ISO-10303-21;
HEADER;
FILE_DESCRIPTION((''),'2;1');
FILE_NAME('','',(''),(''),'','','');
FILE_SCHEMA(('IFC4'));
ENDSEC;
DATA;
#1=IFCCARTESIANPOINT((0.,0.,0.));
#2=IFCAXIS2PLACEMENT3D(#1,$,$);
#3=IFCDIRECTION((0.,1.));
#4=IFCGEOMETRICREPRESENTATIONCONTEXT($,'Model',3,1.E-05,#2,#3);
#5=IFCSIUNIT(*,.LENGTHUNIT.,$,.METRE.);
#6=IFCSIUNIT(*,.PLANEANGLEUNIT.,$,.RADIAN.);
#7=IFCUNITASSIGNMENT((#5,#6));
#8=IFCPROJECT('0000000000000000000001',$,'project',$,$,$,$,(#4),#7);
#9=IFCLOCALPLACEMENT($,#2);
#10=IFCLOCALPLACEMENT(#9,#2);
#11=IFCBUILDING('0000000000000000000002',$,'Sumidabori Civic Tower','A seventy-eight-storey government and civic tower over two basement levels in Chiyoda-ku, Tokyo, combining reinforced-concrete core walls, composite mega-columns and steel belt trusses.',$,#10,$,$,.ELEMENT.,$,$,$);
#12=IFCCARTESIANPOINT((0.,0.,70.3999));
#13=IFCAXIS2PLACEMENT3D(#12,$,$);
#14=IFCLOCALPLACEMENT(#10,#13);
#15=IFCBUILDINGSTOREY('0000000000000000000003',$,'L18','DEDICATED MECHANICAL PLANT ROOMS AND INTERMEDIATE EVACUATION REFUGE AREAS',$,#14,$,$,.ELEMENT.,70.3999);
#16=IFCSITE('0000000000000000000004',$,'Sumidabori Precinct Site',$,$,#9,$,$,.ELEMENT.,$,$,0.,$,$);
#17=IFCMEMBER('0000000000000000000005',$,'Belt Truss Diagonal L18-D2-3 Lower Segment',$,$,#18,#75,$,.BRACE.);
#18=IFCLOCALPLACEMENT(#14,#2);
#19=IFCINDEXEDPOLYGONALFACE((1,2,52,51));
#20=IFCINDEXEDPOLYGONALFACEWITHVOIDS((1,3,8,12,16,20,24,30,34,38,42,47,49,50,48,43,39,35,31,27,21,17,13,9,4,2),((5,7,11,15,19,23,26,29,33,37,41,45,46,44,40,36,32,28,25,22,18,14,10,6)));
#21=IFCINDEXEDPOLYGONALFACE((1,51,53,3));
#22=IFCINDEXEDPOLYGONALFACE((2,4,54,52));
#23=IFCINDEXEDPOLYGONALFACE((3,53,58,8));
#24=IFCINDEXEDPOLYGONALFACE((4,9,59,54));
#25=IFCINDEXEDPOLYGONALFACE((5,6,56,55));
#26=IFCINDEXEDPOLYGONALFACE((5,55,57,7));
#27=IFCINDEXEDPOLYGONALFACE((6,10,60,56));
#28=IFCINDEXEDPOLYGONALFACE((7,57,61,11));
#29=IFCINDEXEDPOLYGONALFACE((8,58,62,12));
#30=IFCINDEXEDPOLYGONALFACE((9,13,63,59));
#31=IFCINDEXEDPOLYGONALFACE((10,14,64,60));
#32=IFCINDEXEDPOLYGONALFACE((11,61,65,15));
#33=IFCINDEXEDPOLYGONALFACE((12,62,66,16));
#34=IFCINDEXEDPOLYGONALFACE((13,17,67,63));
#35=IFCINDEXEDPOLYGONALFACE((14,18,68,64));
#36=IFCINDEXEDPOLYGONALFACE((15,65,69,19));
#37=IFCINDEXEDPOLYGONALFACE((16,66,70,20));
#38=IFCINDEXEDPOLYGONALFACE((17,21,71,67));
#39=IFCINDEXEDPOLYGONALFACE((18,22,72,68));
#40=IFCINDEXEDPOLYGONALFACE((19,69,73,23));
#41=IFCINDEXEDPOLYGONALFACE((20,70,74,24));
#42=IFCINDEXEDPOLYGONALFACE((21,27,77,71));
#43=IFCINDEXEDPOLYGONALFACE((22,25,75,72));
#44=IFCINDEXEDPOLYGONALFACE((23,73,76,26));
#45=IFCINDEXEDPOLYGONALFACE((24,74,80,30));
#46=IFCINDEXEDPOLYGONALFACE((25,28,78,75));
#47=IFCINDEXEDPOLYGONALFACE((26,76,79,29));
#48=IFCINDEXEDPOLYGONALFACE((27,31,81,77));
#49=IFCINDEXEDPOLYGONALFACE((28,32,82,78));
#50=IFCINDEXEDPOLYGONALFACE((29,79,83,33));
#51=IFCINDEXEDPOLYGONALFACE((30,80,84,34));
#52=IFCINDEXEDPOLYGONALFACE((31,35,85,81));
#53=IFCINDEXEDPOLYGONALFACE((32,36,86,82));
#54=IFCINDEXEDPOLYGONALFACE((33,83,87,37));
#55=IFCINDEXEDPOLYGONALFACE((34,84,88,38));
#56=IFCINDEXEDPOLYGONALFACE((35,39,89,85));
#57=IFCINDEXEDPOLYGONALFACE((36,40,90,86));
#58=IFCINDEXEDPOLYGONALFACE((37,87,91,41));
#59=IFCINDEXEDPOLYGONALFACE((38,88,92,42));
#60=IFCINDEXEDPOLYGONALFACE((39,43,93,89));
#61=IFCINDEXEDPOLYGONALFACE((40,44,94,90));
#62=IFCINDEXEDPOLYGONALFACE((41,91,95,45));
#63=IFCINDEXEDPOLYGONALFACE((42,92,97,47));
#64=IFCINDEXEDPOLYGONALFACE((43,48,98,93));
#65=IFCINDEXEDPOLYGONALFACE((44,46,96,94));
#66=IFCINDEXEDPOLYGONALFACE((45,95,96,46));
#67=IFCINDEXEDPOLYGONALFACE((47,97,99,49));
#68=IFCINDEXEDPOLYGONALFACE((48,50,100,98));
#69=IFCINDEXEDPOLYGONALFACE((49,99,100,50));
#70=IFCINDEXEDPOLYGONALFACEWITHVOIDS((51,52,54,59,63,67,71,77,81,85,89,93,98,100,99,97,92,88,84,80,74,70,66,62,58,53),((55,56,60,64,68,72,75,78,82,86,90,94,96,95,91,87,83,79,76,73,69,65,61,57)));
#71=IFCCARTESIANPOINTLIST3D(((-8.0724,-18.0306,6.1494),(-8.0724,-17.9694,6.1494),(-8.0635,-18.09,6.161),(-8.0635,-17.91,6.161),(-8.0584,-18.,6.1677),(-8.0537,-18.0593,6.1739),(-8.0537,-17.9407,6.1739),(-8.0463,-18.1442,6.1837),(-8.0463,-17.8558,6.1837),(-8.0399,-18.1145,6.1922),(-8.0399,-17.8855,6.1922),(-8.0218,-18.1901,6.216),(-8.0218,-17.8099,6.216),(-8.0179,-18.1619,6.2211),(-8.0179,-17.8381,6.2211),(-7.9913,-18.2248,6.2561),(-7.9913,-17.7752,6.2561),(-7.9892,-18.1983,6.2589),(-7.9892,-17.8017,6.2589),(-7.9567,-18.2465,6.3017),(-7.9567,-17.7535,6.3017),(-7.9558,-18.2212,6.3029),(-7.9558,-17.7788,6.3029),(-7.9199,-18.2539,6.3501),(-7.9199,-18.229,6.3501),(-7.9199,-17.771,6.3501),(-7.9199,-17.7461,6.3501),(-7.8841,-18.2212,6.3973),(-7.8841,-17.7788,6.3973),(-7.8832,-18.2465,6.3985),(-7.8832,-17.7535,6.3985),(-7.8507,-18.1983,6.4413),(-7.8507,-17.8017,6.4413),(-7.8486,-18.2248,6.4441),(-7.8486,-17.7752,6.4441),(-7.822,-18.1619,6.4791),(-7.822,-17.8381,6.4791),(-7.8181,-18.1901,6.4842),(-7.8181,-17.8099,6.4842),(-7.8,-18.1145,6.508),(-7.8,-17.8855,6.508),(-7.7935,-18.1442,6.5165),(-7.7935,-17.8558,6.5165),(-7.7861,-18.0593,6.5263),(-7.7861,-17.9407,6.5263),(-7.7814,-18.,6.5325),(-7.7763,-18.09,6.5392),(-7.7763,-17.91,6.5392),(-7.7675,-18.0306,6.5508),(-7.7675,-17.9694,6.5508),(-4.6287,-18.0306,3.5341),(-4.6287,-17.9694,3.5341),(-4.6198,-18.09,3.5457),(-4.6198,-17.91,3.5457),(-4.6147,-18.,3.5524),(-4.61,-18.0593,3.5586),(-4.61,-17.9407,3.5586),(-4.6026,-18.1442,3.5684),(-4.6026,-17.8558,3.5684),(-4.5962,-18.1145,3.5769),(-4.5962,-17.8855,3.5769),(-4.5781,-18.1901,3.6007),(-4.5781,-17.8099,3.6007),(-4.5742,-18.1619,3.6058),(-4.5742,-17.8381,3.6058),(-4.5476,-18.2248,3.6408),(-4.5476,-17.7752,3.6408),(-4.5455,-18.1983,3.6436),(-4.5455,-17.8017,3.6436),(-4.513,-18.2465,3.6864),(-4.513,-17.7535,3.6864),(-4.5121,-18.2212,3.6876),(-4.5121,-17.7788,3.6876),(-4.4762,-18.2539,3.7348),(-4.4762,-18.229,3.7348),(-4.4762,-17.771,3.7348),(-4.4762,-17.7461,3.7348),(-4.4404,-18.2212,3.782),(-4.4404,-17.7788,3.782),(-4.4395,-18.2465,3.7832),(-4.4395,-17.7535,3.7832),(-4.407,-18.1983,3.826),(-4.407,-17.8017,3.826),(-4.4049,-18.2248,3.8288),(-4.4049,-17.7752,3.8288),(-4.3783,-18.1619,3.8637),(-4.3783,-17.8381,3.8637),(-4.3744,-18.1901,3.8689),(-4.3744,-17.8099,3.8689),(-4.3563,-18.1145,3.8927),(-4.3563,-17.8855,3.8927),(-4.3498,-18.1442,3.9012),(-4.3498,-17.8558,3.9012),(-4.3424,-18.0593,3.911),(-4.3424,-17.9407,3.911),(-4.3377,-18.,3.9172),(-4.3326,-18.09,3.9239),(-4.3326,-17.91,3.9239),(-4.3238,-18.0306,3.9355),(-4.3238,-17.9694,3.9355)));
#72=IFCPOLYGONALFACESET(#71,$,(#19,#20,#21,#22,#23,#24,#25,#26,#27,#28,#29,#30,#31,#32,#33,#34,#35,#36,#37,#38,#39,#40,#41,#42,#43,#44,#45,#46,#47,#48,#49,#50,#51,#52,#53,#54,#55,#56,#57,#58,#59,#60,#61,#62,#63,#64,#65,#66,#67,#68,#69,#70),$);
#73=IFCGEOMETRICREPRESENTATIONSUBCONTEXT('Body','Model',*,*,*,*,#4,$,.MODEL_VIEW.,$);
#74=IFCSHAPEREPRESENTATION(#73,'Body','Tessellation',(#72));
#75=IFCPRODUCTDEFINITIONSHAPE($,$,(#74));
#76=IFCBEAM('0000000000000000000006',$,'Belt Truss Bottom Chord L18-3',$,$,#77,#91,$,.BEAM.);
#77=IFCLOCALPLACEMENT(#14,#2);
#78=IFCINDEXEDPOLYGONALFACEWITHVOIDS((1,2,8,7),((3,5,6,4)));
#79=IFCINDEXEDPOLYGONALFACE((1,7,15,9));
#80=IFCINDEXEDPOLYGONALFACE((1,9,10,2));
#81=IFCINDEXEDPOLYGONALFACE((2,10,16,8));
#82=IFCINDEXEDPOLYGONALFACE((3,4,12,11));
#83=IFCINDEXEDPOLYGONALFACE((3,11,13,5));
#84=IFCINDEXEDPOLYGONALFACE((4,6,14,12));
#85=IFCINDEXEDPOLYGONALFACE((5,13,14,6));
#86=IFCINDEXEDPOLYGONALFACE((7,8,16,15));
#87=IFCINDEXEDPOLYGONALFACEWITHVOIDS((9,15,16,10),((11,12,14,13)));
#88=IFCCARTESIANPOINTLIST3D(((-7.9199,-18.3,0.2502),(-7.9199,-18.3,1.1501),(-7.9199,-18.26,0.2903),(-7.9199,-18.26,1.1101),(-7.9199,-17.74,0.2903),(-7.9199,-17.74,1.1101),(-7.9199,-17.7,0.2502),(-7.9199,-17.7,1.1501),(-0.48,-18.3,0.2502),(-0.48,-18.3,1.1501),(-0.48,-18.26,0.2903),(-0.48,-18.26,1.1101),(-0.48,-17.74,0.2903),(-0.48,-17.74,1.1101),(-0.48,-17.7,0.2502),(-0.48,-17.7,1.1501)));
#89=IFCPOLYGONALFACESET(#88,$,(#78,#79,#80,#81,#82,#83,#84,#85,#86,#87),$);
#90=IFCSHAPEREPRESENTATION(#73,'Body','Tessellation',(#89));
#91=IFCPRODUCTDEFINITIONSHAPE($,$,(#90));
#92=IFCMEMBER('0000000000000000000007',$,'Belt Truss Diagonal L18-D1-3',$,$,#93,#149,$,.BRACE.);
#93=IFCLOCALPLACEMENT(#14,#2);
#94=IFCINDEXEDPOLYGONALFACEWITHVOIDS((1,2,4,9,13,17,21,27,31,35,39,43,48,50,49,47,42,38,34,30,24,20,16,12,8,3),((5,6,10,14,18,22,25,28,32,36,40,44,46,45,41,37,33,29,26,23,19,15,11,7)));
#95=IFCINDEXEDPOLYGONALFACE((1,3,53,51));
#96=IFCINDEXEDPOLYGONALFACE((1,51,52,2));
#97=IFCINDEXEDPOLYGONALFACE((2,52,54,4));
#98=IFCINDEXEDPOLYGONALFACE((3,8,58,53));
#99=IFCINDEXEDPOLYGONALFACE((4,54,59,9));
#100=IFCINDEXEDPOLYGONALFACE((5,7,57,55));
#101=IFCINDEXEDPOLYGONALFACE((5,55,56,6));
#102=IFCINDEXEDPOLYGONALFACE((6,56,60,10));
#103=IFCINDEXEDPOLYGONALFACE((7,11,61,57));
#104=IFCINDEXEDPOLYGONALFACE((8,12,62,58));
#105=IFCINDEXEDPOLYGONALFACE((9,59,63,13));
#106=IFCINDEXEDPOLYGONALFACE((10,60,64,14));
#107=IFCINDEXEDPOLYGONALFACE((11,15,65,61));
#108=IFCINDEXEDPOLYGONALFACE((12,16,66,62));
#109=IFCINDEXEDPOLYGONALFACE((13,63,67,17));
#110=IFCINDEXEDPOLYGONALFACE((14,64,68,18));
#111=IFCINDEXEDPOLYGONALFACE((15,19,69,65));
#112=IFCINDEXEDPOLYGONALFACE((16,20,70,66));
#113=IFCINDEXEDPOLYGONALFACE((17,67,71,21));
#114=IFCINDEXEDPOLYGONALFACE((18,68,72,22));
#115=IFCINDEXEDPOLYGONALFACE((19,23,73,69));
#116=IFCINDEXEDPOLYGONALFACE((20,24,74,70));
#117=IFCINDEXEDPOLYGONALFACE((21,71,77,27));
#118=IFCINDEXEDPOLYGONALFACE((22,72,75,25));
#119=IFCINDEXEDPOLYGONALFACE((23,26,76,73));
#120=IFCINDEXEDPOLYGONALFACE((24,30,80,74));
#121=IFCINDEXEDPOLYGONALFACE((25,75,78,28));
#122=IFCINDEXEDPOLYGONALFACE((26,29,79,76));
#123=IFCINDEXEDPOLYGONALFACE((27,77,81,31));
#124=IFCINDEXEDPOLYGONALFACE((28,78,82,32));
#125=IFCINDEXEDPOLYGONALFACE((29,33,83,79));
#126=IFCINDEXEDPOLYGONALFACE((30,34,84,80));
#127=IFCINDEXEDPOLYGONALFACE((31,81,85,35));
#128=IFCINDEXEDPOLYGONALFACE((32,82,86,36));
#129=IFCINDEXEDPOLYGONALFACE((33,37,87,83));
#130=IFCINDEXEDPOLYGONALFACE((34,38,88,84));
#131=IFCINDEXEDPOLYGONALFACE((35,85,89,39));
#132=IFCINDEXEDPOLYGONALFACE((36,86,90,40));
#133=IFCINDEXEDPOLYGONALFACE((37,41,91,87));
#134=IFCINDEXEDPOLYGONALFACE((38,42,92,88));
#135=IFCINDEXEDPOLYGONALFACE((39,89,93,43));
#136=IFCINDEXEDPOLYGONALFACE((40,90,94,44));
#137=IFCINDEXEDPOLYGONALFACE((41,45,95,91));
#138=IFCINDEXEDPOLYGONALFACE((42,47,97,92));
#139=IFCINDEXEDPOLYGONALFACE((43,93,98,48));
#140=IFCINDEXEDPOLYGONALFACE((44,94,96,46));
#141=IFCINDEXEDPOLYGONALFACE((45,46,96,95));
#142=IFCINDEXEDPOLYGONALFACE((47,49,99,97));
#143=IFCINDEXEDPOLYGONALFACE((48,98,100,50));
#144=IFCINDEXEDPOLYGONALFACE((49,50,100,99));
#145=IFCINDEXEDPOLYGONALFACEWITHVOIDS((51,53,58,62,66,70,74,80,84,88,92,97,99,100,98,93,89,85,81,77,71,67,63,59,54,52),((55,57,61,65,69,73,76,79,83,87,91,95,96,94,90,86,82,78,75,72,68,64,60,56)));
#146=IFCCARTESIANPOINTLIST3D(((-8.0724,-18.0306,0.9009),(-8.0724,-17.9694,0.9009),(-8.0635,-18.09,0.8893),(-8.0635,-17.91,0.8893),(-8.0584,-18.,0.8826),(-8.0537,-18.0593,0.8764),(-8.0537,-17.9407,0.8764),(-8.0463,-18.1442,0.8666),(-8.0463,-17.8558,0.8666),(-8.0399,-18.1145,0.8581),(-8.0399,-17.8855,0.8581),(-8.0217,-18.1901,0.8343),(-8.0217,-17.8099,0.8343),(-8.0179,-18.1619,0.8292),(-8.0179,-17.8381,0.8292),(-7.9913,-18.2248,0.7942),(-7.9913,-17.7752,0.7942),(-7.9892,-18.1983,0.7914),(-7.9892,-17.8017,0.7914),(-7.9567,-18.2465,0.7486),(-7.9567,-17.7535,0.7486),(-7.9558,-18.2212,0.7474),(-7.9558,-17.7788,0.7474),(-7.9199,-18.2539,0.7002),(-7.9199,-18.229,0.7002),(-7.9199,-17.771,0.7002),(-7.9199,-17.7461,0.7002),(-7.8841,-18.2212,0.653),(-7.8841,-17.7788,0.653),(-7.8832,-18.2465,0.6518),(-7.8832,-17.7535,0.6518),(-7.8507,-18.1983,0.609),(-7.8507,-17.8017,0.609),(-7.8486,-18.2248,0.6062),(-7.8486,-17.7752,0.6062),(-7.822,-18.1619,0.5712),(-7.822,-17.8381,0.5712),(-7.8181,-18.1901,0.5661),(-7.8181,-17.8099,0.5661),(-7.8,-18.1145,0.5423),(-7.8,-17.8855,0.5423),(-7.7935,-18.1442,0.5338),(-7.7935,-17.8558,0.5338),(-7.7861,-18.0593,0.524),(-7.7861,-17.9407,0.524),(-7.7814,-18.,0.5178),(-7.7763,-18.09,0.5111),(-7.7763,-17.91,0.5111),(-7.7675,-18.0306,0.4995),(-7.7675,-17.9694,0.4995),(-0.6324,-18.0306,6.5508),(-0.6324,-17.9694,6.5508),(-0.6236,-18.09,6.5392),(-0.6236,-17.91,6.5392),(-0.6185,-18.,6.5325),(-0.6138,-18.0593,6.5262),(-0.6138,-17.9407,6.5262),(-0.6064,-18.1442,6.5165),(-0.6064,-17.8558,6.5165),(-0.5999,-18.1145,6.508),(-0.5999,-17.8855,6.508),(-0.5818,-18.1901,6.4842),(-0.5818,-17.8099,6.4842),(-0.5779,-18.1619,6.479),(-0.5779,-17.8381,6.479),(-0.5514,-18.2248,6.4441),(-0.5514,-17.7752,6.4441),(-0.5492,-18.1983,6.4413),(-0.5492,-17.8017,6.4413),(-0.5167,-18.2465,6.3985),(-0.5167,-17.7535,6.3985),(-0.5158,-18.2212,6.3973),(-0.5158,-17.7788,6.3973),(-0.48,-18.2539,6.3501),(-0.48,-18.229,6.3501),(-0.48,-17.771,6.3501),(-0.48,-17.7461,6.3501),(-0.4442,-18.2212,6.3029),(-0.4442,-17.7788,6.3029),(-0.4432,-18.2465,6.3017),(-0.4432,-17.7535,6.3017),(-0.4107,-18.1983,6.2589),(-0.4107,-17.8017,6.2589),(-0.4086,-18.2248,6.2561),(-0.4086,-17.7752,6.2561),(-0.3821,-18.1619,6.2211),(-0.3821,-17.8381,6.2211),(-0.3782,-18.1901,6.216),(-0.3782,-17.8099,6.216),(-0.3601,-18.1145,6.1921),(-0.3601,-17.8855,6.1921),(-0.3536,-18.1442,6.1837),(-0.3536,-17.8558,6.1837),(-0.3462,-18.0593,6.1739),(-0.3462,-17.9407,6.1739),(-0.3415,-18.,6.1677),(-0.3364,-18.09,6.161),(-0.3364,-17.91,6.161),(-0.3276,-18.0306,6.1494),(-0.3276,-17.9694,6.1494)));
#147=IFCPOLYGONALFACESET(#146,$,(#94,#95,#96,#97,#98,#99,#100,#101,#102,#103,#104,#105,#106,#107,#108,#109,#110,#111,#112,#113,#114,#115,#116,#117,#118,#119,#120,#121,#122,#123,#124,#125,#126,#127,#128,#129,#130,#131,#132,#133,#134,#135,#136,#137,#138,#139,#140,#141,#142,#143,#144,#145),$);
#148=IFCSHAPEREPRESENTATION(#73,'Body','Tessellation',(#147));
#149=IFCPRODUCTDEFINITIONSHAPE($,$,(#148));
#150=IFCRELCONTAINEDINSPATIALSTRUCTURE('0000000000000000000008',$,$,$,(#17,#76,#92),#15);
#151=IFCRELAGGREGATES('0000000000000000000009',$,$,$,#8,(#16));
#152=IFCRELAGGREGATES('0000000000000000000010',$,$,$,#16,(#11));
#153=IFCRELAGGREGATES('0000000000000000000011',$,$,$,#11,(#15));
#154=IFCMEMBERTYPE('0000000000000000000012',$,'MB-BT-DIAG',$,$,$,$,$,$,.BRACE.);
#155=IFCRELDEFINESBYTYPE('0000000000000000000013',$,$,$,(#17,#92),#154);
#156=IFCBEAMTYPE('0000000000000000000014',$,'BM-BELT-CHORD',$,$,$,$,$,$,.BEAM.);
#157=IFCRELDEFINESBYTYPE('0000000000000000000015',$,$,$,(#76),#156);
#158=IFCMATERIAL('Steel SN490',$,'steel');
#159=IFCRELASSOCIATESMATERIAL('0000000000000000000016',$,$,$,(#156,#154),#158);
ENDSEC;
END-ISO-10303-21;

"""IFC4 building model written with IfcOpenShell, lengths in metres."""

from ifc_helpers import new_model, si_unit, direction, frame, origin, origin_2d, place, context, subcontext, project, spatial, hollow_rectangle, hollow_circle, extrude, source, transform, mapped, material, material_profile, profile_set, type_object, element, save


model = new_model("IFC4")

# Units and contexts
model_context = context("Model", 3, precision=1e-05, world=origin(), true_north=direction((0.0, 1.0)))
body_context = subcontext(model_context, "Body", "Model", "MODEL_VIEW")
ifc_project = project(units=[si_unit("LENGTHUNIT", "METRE"), si_unit("PLANEANGLEUNIT", "RADIAN")], contexts=[model_context])

# Site, building, storey
site_placement = place(None, origin())
site = spatial("IfcSite", under=ifc_project, at=site_placement, Name="Sumidabori Precinct Site", CompositionType="ELEMENT", RefElevation=0.0)
building_placement = place(site_placement, origin())
building = spatial("IfcBuilding", under=site, at=building_placement, Name="Sumidabori Civic Tower", Description="A seventy-eight-storey government and civic tower over two basement levels in Chiyoda-ku, Tokyo, combining reinforced-concrete core walls, composite mega-columns and steel belt trusses.", CompositionType="ELEMENT")
storey_placement = place(building_placement, frame((0.0, 0.0, 70.3999)))
storey = spatial("IfcBuildingStorey", under=building, at=storey_placement, Name="L18", Description="DEDICATED MECHANICAL PLANT ROOMS AND INTERMEDIATE EVACUATION REFUGE AREAS", CompositionType="ELEMENT", Elevation=70.3999)

# Shared definitions
ifc_material_1 = material(Name="Steel SN490", Category="steel")
ifc_material_profile_1 = material_profile(ifc_material_1, hollow_rectangle(XDim=0.6001, YDim=0.8999, WallThickness=0.04, at=origin_2d()), Name="RHS 900x600x40")
ifc_profile_set_1 = profile_set([ifc_material_profile_1], Name="Steel SN490")
beam_type_1 = type_object("IfcBeamType", Name="BM-BELT-CHORD", PredefinedType="BEAM", material=ifc_profile_set_1)

# Member
ifc_material_profile_2 = material_profile(ifc_material_1, hollow_circle(Radius=0.2539, WallThickness=0.0249, at=origin_2d()), Name="CHS 508x25")
ifc_profile_set_2 = profile_set([ifc_material_profile_2], Name="Steel SN490")
member_type = type_object("IfcMemberType", Name="MB-BT-DIAG", PredefinedType="BRACE", material=ifc_profile_set_2)
shared_shape_1 = source(origin(), body_context, "Body", "SweptSolid", [
    extrude(hollow_circle(Radius=0.2539, WallThickness=0.0249, at=origin_2d()), origin(), (0.0, 0.0, 1.0), 4.3242),
])
for number, where, z_axis, x_axis, name in (
    (1, (-7.9199, -18.0, 6.3501), (0.796374, 0.0, -0.604804), (0.0, 1.0, 0.0), "Belt Truss Diagonal L18-D2-3 Lower Segment"),
):
    element("IfcMember", number, at=place(storey_placement, frame(where, z_axis=z_axis, x_axis=x_axis)), inside=storey, type_object=member_type, Name=name, PredefinedType="BRACE", context=body_context, shape_type="MappedRepresentation", body=[
        mapped(shared_shape_1, transform((0.0, 0.0, 0.0), x_axis=(1.0, 0.0, 0.0), y_axis=(0.0, 1.0, 0.0), z_axis=(0.0, 0.0, 1.0), scale=1.0)),
    ])

# Beam
shared_shape_2 = source(origin(), body_context, "Body", "SweptSolid", [
    extrude(hollow_rectangle(XDim=0.6001, YDim=0.8999, WallThickness=0.04, at=origin_2d()), origin(), (0.0, 0.0, 1.0), 7.4399),
])
beam_1_placement = place(storey_placement, frame((-7.9199, -18.0, 0.7002), z_axis=(1.0, 0.0, 0.0), x_axis=(0.0, 1.0, 0.0)))
element("IfcBeam", 2, at=beam_1_placement, inside=storey, type_object=beam_type_1, Name="Belt Truss Bottom Chord L18-3", PredefinedType="BEAM", context=body_context, shape_type="MappedRepresentation", body=[
    mapped(shared_shape_2, transform((0.0, 0.0, 0.0), x_axis=(1.0, 0.0, 0.0), y_axis=(0.0, 1.0, 0.0), z_axis=(0.0, 0.0, 1.0), scale=1.0)),
])

# Member
shared_shape_3 = source(origin(), body_context, "Body", "SweptSolid", [
    extrude(hollow_circle(Radius=0.2539, WallThickness=0.0249, at=origin_2d()), origin(), (0.0, 0.0, 1.0), 9.342),
])
member_1_placement = place(storey_placement, frame((-7.9199, -18.0, 0.7002), z_axis=(0.796392, 0.0, 0.604781), x_axis=(0.0, 1.0, 0.0)))
element("IfcMember", 3, at=member_1_placement, inside=storey, type_object=member_type, Name="Belt Truss Diagonal L18-D1-3", PredefinedType="BRACE", context=body_context, shape_type="MappedRepresentation", body=[
    mapped(shared_shape_3, transform((0.0, 0.0, 0.0), x_axis=(1.0, 0.0, 0.0), y_axis=(0.0, 1.0, 0.0), z_axis=(0.0, 0.0, 1.0), scale=1.0)),
])

save(model, "model.ifc")
